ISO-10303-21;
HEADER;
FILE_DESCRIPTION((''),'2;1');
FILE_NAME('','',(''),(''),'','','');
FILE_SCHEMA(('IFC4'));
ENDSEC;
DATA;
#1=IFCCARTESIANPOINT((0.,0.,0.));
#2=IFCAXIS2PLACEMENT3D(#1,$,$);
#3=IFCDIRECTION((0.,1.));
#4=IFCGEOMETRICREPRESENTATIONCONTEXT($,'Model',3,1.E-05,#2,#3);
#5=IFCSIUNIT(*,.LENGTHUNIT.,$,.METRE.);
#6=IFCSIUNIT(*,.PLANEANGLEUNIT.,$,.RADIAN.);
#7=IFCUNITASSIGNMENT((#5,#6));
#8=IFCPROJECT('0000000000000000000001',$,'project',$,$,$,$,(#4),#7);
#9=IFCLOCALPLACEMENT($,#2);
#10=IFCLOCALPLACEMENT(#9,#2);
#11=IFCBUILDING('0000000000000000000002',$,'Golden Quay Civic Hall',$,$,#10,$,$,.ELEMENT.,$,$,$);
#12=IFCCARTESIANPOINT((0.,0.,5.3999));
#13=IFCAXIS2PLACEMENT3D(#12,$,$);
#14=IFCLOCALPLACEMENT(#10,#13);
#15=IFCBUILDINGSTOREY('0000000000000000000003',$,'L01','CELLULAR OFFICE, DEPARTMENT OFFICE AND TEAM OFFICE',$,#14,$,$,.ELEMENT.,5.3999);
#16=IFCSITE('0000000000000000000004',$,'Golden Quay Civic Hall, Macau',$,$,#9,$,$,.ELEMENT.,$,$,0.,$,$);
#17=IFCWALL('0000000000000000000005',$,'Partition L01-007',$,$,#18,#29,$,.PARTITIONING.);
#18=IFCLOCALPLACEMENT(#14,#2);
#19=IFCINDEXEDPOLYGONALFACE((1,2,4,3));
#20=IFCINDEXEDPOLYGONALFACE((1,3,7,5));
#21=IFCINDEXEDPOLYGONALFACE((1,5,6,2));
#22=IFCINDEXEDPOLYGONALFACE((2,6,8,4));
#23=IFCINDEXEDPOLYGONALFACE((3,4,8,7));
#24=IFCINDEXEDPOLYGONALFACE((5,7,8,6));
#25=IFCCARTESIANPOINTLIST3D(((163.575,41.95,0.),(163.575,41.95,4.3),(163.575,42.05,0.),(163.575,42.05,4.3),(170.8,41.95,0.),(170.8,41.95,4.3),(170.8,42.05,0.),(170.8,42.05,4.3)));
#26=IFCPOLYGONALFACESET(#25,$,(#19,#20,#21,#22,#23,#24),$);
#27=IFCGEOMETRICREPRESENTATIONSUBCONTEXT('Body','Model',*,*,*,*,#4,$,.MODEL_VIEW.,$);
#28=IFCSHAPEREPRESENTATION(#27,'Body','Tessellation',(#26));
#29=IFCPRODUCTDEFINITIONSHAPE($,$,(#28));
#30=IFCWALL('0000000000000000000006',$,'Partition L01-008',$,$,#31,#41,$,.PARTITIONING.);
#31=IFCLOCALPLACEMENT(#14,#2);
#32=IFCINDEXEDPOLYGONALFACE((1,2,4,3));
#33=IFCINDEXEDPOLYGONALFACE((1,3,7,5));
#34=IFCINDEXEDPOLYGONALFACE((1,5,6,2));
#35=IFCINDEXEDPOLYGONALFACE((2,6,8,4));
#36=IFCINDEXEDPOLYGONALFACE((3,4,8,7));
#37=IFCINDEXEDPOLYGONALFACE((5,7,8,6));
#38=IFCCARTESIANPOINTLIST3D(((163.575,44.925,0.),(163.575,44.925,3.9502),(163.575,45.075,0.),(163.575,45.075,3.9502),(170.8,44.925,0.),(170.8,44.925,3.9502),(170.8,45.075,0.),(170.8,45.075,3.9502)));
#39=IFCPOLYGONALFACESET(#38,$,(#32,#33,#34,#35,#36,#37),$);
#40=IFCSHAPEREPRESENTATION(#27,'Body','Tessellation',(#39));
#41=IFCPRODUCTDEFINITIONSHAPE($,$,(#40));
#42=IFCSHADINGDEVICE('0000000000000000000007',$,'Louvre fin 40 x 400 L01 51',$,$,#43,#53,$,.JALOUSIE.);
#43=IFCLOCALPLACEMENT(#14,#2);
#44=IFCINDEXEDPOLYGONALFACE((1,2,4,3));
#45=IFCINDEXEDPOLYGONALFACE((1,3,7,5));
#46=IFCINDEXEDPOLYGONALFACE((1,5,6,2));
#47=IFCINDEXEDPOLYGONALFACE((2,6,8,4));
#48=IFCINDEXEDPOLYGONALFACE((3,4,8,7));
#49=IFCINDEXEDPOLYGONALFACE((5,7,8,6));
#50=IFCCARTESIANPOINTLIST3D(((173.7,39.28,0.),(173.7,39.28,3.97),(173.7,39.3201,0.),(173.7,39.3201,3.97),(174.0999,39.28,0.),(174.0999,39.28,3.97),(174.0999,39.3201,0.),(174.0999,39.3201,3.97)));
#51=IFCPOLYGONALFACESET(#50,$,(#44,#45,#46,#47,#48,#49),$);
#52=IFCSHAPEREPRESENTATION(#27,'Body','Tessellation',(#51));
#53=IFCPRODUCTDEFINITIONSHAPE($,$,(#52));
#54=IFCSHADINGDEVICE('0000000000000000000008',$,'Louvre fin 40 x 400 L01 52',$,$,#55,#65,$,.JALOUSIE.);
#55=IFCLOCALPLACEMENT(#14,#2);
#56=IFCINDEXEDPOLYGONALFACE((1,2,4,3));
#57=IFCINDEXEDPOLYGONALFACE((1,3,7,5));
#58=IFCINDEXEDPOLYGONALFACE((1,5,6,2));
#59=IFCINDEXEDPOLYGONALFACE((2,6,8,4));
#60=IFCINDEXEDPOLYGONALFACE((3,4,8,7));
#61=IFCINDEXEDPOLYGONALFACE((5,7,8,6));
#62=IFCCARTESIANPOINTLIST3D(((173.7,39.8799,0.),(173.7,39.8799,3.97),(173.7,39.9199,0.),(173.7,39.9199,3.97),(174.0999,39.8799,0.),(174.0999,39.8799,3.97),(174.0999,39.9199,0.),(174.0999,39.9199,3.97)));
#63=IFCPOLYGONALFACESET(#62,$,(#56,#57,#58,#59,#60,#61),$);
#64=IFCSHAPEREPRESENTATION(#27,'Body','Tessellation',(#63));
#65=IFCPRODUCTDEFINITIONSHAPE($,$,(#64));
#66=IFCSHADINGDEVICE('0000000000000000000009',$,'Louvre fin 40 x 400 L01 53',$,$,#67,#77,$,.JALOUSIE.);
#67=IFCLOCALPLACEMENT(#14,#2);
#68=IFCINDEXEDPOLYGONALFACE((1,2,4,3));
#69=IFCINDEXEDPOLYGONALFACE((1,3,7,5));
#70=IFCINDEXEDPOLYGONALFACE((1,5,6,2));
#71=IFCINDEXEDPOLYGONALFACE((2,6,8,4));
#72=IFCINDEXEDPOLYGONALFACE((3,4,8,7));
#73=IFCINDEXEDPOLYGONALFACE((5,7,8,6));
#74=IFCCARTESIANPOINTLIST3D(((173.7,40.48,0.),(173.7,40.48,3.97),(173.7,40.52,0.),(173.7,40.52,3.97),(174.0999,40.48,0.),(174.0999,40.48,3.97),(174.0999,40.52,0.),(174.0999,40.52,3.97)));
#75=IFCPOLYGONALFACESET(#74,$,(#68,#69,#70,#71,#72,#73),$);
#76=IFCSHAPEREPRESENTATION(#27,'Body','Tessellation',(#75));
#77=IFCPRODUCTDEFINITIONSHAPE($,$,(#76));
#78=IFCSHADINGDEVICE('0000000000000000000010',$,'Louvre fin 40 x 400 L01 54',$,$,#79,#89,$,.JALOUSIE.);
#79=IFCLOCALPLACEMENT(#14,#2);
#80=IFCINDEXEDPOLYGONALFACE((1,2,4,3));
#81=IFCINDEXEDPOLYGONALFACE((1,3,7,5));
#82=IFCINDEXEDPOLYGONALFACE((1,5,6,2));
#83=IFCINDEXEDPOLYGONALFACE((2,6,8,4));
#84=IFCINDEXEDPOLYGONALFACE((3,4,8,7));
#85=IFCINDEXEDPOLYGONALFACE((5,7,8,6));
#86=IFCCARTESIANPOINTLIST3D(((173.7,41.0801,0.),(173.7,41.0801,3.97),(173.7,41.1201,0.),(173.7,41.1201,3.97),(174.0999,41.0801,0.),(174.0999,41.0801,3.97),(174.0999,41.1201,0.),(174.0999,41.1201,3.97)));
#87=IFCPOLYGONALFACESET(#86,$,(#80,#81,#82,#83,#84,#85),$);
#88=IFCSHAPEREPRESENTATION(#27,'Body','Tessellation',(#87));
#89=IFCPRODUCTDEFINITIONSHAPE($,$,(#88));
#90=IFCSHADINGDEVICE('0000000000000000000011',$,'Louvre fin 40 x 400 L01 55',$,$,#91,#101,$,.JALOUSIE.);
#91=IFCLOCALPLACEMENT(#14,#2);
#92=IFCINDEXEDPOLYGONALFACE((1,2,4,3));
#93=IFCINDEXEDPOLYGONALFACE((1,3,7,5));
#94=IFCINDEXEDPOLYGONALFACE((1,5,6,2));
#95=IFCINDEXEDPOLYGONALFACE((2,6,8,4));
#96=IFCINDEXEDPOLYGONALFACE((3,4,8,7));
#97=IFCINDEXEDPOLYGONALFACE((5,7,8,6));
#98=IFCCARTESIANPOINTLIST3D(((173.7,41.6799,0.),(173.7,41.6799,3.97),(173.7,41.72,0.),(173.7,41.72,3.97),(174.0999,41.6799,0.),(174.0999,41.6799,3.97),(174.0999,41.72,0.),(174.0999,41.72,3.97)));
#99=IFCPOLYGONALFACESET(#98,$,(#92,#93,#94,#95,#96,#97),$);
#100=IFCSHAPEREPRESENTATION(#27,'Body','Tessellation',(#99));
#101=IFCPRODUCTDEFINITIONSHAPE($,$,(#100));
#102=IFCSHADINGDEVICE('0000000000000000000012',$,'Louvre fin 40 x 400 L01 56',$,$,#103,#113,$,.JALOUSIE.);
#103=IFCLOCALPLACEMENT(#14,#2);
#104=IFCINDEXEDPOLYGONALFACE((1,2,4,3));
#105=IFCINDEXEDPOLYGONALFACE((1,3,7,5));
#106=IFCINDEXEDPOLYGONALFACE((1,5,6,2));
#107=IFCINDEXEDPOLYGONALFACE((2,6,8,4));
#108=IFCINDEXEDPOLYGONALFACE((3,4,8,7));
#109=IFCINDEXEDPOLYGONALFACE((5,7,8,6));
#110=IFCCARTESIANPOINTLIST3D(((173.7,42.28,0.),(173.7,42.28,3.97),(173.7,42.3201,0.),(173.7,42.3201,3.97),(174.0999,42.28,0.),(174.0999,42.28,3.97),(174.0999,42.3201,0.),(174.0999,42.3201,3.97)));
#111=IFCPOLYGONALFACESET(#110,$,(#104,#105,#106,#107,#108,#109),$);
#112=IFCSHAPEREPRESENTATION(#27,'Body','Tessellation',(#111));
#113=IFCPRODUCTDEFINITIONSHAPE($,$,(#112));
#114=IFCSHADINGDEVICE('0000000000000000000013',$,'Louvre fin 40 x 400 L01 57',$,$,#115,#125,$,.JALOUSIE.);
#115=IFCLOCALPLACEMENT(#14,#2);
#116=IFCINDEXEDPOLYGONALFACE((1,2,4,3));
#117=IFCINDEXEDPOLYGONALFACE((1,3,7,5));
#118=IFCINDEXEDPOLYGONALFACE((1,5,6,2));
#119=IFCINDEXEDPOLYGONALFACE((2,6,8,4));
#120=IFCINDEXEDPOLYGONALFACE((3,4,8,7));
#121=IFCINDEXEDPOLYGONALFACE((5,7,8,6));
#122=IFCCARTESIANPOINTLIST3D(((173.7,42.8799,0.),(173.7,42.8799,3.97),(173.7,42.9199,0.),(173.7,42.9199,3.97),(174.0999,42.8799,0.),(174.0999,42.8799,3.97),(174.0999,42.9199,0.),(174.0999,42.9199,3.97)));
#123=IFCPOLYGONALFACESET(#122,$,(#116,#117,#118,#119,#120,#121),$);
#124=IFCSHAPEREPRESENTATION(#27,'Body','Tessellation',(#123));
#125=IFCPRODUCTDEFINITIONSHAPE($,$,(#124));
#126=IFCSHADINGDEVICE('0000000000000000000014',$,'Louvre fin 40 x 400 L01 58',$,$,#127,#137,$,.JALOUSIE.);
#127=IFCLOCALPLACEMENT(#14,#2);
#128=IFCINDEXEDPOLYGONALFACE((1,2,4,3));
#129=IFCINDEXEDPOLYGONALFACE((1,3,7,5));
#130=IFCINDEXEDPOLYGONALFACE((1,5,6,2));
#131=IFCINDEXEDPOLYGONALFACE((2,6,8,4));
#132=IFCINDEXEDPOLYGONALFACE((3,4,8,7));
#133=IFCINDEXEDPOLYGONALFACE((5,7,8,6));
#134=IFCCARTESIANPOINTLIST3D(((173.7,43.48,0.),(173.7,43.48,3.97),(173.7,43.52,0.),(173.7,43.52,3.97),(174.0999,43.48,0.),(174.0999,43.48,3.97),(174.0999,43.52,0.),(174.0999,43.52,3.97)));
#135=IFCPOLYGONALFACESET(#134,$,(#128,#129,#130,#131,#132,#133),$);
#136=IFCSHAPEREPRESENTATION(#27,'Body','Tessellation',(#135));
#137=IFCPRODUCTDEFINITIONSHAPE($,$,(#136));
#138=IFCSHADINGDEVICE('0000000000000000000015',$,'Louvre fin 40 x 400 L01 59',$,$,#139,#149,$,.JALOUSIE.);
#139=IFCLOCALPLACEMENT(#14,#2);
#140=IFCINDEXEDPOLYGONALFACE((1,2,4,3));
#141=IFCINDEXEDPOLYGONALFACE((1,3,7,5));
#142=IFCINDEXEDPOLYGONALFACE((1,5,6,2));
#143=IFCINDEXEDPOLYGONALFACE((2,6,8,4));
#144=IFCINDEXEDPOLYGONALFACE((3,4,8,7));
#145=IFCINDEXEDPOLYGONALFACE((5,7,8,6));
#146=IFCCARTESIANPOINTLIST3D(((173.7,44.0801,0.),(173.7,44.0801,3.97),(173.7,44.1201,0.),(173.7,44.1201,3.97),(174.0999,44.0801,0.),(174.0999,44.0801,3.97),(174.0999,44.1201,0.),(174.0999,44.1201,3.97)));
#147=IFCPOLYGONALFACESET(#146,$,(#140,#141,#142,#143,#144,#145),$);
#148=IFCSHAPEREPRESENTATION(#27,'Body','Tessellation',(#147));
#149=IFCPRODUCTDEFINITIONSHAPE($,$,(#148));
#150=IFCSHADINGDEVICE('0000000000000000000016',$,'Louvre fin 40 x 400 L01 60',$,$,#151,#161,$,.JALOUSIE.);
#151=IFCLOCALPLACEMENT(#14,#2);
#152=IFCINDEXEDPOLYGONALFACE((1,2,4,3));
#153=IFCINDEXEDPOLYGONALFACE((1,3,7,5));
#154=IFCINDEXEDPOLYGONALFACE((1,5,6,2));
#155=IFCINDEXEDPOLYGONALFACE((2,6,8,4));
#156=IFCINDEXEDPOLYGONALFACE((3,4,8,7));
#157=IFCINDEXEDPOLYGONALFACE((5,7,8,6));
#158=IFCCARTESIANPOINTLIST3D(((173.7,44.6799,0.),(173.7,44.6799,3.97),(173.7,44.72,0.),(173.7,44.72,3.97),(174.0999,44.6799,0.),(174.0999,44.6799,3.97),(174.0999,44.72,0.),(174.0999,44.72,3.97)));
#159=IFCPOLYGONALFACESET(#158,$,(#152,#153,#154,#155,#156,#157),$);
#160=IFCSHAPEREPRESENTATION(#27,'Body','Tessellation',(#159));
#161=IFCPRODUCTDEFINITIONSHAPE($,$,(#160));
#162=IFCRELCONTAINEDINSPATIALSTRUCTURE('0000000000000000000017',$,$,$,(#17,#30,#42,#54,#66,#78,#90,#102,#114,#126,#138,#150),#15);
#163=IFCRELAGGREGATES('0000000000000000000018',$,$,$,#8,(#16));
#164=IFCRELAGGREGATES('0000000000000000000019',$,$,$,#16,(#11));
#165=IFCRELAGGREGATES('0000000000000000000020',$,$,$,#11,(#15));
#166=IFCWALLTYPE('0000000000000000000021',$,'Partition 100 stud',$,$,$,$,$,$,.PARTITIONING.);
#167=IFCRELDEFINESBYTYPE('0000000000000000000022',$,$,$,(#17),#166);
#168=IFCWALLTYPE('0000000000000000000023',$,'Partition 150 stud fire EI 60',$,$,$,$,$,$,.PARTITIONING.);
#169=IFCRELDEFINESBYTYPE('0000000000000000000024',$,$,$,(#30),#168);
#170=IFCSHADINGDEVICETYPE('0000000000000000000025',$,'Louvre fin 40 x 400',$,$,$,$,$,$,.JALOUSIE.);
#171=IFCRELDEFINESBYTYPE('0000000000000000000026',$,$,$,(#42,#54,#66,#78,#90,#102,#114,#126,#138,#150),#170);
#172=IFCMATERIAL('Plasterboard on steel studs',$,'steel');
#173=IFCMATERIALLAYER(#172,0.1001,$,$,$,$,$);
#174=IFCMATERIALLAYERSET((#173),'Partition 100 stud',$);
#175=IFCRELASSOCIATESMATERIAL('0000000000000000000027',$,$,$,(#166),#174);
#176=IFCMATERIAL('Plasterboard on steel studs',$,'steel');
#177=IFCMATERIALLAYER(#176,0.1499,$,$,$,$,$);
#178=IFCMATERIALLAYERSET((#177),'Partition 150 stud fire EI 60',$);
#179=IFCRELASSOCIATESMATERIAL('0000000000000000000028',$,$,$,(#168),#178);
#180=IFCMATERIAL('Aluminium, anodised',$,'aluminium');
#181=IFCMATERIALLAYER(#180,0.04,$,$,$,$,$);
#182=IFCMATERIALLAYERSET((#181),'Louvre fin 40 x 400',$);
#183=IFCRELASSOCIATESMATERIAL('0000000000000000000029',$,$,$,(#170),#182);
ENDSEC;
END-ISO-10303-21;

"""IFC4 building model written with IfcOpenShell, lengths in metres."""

from ifc_helpers import new_model, si_unit, direction, frame, frame_2d, origin, origin_2d, place, context, subcontext, project, spatial, rectangle, extrude, material, layer, layer_set, type_object, element, save


model = new_model("IFC4")

# Units and contexts
model_context = context("Model", 3, precision=1e-05, world=origin(), true_north=direction((0.0, 1.0)))
body_context = subcontext(model_context, "Body", "Model", "MODEL_VIEW")
ifc_project = project(units=[si_unit("LENGTHUNIT", "METRE"), si_unit("PLANEANGLEUNIT", "RADIAN")], contexts=[model_context])

# Site, building, storey
site_placement = place(None, origin())
site = spatial("IfcSite", under=ifc_project, at=site_placement, Name="Golden Quay Civic Hall, Macau", CompositionType="ELEMENT", RefElevation=0.0)
building_placement = place(site_placement, origin())
building = spatial("IfcBuilding", under=site, at=building_placement, Name="Golden Quay Civic Hall", CompositionType="ELEMENT")
storey_placement = place(building_placement, frame((0.0, 0.0, 5.3999)))
storey = spatial("IfcBuildingStorey", under=building, at=storey_placement, Name="L01", Description="CELLULAR OFFICE, DEPARTMENT OFFICE AND TEAM OFFICE", CompositionType="ELEMENT", Elevation=5.3999)

# Walls
ifc_material_1 = material(Name="Plasterboard on steel studs", Category="steel")
ifc_layer_1 = layer(ifc_material_1, 0.1001)
ifc_layer_set_1 = layer_set([ifc_layer_1], Name="Partition 100 stud")
wall_type_1 = type_object("IfcWallType", Name="Partition 100 stud", PredefinedType="PARTITIONING", material=ifc_layer_set_1)
for number, where, z_axis, x_axis, name in (
    (1, (163.575, 42.0, 0.0), (0.0, 0.0, 1.0), (1.0, 0.0, 0.0), "Partition L01-007"),
):
    element("IfcWall", number, at=place(storey_placement, frame(where, z_axis=z_axis, x_axis=x_axis)), inside=storey, type_object=wall_type_1, Name=name, PredefinedType="PARTITIONING", context=body_context, shape_type="SweptSolid", body=[
        extrude(rectangle(XDim=7.2251, YDim=0.1001, at=frame_2d((3.6125, 0.0))), origin(), (0.0, 0.0, 1.0), 4.3),
    ])
ifc_material_2 = material(Name="Plasterboard on steel studs", Category="steel")
ifc_layer_2 = layer(ifc_material_2, 0.1499)
ifc_layer_set_2 = layer_set([ifc_layer_2], Name="Partition 150 stud fire EI 60")
wall_type_2 = type_object("IfcWallType", Name="Partition 150 stud fire EI 60", PredefinedType="PARTITIONING", material=ifc_layer_set_2)
wall_1_placement = place(storey_placement, frame((163.575, 45.0, 0.0), z_axis=(0.0, 0.0, 1.0), x_axis=(1.0, 0.0, 0.0)))
element("IfcWall", 2, at=wall_1_placement, inside=storey, type_object=wall_type_2, Name="Partition L01-008", PredefinedType="PARTITIONING", context=body_context, shape_type="SweptSolid", body=[
    extrude(rectangle(XDim=7.2251, YDim=0.1499, at=frame_2d((3.6125, 0.0))), origin(), (0.0, 0.0, 1.0), 3.9502),
])

# Shading devices
ifc_material_3 = material(Name="Aluminium, anodised", Category="aluminium")
ifc_layer_3 = layer(ifc_material_3, 0.04)
ifc_layer_set_3 = layer_set([ifc_layer_3], Name="Louvre fin 40 x 400")
shading_device_type = type_object("IfcShadingDeviceType", Name="Louvre fin 40 x 400", PredefinedType="JALOUSIE", material=ifc_layer_set_3)
for number, where, z_axis, x_axis, name in (
    (3, (173.8999, 39.3, 0.0), (0.0, 0.0, 1.0), (0.0, 1.0, 0.0), "Louvre fin 40 x 400 L01 51"),
    (4, (173.8999, 39.8999, 0.0), (0.0, 0.0, 1.0), (0.0, 1.0, 0.0), "Louvre fin 40 x 400 L01 52"),
    (5, (173.8999, 40.5, 0.0), (0.0, 0.0, 1.0), (0.0, 1.0, 0.0), "Louvre fin 40 x 400 L01 53"),
    (6, (173.8999, 41.1001, 0.0), (0.0, 0.0, 1.0), (0.0, 1.0, 0.0), "Louvre fin 40 x 400 L01 54"),
    (7, (173.8999, 41.7, 0.0), (0.0, 0.0, 1.0), (0.0, 1.0, 0.0), "Louvre fin 40 x 400 L01 55"),
    (8, (173.8999, 42.3, 0.0), (0.0, 0.0, 1.0), (0.0, 1.0, 0.0), "Louvre fin 40 x 400 L01 56"),
    (9, (173.8999, 42.8999, 0.0), (0.0, 0.0, 1.0), (0.0, 1.0, 0.0), "Louvre fin 40 x 400 L01 57"),
    (10, (173.8999, 43.5, 0.0), (0.0, 0.0, 1.0), (0.0, 1.0, 0.0), "Louvre fin 40 x 400 L01 58"),
    (11, (173.8999, 44.1001, 0.0), (0.0, 0.0, 1.0), (0.0, 1.0, 0.0), "Louvre fin 40 x 400 L01 59"),
    (12, (173.8999, 44.7, 0.0), (0.0, 0.0, 1.0), (0.0, 1.0, 0.0), "Louvre fin 40 x 400 L01 60"),
):
    element("IfcShadingDevice", number, at=place(storey_placement, frame(where, z_axis=z_axis, x_axis=x_axis)), inside=storey, type_object=shading_device_type, Name=name, PredefinedType="JALOUSIE", context=body_context, shape_type="SweptSolid", body=[
        extrude(rectangle(XDim=0.04, YDim=0.3999, at=origin_2d()), origin(), (0.0, 0.0, 1.0), 3.97),
    ])

save(model, "model.ifc")
